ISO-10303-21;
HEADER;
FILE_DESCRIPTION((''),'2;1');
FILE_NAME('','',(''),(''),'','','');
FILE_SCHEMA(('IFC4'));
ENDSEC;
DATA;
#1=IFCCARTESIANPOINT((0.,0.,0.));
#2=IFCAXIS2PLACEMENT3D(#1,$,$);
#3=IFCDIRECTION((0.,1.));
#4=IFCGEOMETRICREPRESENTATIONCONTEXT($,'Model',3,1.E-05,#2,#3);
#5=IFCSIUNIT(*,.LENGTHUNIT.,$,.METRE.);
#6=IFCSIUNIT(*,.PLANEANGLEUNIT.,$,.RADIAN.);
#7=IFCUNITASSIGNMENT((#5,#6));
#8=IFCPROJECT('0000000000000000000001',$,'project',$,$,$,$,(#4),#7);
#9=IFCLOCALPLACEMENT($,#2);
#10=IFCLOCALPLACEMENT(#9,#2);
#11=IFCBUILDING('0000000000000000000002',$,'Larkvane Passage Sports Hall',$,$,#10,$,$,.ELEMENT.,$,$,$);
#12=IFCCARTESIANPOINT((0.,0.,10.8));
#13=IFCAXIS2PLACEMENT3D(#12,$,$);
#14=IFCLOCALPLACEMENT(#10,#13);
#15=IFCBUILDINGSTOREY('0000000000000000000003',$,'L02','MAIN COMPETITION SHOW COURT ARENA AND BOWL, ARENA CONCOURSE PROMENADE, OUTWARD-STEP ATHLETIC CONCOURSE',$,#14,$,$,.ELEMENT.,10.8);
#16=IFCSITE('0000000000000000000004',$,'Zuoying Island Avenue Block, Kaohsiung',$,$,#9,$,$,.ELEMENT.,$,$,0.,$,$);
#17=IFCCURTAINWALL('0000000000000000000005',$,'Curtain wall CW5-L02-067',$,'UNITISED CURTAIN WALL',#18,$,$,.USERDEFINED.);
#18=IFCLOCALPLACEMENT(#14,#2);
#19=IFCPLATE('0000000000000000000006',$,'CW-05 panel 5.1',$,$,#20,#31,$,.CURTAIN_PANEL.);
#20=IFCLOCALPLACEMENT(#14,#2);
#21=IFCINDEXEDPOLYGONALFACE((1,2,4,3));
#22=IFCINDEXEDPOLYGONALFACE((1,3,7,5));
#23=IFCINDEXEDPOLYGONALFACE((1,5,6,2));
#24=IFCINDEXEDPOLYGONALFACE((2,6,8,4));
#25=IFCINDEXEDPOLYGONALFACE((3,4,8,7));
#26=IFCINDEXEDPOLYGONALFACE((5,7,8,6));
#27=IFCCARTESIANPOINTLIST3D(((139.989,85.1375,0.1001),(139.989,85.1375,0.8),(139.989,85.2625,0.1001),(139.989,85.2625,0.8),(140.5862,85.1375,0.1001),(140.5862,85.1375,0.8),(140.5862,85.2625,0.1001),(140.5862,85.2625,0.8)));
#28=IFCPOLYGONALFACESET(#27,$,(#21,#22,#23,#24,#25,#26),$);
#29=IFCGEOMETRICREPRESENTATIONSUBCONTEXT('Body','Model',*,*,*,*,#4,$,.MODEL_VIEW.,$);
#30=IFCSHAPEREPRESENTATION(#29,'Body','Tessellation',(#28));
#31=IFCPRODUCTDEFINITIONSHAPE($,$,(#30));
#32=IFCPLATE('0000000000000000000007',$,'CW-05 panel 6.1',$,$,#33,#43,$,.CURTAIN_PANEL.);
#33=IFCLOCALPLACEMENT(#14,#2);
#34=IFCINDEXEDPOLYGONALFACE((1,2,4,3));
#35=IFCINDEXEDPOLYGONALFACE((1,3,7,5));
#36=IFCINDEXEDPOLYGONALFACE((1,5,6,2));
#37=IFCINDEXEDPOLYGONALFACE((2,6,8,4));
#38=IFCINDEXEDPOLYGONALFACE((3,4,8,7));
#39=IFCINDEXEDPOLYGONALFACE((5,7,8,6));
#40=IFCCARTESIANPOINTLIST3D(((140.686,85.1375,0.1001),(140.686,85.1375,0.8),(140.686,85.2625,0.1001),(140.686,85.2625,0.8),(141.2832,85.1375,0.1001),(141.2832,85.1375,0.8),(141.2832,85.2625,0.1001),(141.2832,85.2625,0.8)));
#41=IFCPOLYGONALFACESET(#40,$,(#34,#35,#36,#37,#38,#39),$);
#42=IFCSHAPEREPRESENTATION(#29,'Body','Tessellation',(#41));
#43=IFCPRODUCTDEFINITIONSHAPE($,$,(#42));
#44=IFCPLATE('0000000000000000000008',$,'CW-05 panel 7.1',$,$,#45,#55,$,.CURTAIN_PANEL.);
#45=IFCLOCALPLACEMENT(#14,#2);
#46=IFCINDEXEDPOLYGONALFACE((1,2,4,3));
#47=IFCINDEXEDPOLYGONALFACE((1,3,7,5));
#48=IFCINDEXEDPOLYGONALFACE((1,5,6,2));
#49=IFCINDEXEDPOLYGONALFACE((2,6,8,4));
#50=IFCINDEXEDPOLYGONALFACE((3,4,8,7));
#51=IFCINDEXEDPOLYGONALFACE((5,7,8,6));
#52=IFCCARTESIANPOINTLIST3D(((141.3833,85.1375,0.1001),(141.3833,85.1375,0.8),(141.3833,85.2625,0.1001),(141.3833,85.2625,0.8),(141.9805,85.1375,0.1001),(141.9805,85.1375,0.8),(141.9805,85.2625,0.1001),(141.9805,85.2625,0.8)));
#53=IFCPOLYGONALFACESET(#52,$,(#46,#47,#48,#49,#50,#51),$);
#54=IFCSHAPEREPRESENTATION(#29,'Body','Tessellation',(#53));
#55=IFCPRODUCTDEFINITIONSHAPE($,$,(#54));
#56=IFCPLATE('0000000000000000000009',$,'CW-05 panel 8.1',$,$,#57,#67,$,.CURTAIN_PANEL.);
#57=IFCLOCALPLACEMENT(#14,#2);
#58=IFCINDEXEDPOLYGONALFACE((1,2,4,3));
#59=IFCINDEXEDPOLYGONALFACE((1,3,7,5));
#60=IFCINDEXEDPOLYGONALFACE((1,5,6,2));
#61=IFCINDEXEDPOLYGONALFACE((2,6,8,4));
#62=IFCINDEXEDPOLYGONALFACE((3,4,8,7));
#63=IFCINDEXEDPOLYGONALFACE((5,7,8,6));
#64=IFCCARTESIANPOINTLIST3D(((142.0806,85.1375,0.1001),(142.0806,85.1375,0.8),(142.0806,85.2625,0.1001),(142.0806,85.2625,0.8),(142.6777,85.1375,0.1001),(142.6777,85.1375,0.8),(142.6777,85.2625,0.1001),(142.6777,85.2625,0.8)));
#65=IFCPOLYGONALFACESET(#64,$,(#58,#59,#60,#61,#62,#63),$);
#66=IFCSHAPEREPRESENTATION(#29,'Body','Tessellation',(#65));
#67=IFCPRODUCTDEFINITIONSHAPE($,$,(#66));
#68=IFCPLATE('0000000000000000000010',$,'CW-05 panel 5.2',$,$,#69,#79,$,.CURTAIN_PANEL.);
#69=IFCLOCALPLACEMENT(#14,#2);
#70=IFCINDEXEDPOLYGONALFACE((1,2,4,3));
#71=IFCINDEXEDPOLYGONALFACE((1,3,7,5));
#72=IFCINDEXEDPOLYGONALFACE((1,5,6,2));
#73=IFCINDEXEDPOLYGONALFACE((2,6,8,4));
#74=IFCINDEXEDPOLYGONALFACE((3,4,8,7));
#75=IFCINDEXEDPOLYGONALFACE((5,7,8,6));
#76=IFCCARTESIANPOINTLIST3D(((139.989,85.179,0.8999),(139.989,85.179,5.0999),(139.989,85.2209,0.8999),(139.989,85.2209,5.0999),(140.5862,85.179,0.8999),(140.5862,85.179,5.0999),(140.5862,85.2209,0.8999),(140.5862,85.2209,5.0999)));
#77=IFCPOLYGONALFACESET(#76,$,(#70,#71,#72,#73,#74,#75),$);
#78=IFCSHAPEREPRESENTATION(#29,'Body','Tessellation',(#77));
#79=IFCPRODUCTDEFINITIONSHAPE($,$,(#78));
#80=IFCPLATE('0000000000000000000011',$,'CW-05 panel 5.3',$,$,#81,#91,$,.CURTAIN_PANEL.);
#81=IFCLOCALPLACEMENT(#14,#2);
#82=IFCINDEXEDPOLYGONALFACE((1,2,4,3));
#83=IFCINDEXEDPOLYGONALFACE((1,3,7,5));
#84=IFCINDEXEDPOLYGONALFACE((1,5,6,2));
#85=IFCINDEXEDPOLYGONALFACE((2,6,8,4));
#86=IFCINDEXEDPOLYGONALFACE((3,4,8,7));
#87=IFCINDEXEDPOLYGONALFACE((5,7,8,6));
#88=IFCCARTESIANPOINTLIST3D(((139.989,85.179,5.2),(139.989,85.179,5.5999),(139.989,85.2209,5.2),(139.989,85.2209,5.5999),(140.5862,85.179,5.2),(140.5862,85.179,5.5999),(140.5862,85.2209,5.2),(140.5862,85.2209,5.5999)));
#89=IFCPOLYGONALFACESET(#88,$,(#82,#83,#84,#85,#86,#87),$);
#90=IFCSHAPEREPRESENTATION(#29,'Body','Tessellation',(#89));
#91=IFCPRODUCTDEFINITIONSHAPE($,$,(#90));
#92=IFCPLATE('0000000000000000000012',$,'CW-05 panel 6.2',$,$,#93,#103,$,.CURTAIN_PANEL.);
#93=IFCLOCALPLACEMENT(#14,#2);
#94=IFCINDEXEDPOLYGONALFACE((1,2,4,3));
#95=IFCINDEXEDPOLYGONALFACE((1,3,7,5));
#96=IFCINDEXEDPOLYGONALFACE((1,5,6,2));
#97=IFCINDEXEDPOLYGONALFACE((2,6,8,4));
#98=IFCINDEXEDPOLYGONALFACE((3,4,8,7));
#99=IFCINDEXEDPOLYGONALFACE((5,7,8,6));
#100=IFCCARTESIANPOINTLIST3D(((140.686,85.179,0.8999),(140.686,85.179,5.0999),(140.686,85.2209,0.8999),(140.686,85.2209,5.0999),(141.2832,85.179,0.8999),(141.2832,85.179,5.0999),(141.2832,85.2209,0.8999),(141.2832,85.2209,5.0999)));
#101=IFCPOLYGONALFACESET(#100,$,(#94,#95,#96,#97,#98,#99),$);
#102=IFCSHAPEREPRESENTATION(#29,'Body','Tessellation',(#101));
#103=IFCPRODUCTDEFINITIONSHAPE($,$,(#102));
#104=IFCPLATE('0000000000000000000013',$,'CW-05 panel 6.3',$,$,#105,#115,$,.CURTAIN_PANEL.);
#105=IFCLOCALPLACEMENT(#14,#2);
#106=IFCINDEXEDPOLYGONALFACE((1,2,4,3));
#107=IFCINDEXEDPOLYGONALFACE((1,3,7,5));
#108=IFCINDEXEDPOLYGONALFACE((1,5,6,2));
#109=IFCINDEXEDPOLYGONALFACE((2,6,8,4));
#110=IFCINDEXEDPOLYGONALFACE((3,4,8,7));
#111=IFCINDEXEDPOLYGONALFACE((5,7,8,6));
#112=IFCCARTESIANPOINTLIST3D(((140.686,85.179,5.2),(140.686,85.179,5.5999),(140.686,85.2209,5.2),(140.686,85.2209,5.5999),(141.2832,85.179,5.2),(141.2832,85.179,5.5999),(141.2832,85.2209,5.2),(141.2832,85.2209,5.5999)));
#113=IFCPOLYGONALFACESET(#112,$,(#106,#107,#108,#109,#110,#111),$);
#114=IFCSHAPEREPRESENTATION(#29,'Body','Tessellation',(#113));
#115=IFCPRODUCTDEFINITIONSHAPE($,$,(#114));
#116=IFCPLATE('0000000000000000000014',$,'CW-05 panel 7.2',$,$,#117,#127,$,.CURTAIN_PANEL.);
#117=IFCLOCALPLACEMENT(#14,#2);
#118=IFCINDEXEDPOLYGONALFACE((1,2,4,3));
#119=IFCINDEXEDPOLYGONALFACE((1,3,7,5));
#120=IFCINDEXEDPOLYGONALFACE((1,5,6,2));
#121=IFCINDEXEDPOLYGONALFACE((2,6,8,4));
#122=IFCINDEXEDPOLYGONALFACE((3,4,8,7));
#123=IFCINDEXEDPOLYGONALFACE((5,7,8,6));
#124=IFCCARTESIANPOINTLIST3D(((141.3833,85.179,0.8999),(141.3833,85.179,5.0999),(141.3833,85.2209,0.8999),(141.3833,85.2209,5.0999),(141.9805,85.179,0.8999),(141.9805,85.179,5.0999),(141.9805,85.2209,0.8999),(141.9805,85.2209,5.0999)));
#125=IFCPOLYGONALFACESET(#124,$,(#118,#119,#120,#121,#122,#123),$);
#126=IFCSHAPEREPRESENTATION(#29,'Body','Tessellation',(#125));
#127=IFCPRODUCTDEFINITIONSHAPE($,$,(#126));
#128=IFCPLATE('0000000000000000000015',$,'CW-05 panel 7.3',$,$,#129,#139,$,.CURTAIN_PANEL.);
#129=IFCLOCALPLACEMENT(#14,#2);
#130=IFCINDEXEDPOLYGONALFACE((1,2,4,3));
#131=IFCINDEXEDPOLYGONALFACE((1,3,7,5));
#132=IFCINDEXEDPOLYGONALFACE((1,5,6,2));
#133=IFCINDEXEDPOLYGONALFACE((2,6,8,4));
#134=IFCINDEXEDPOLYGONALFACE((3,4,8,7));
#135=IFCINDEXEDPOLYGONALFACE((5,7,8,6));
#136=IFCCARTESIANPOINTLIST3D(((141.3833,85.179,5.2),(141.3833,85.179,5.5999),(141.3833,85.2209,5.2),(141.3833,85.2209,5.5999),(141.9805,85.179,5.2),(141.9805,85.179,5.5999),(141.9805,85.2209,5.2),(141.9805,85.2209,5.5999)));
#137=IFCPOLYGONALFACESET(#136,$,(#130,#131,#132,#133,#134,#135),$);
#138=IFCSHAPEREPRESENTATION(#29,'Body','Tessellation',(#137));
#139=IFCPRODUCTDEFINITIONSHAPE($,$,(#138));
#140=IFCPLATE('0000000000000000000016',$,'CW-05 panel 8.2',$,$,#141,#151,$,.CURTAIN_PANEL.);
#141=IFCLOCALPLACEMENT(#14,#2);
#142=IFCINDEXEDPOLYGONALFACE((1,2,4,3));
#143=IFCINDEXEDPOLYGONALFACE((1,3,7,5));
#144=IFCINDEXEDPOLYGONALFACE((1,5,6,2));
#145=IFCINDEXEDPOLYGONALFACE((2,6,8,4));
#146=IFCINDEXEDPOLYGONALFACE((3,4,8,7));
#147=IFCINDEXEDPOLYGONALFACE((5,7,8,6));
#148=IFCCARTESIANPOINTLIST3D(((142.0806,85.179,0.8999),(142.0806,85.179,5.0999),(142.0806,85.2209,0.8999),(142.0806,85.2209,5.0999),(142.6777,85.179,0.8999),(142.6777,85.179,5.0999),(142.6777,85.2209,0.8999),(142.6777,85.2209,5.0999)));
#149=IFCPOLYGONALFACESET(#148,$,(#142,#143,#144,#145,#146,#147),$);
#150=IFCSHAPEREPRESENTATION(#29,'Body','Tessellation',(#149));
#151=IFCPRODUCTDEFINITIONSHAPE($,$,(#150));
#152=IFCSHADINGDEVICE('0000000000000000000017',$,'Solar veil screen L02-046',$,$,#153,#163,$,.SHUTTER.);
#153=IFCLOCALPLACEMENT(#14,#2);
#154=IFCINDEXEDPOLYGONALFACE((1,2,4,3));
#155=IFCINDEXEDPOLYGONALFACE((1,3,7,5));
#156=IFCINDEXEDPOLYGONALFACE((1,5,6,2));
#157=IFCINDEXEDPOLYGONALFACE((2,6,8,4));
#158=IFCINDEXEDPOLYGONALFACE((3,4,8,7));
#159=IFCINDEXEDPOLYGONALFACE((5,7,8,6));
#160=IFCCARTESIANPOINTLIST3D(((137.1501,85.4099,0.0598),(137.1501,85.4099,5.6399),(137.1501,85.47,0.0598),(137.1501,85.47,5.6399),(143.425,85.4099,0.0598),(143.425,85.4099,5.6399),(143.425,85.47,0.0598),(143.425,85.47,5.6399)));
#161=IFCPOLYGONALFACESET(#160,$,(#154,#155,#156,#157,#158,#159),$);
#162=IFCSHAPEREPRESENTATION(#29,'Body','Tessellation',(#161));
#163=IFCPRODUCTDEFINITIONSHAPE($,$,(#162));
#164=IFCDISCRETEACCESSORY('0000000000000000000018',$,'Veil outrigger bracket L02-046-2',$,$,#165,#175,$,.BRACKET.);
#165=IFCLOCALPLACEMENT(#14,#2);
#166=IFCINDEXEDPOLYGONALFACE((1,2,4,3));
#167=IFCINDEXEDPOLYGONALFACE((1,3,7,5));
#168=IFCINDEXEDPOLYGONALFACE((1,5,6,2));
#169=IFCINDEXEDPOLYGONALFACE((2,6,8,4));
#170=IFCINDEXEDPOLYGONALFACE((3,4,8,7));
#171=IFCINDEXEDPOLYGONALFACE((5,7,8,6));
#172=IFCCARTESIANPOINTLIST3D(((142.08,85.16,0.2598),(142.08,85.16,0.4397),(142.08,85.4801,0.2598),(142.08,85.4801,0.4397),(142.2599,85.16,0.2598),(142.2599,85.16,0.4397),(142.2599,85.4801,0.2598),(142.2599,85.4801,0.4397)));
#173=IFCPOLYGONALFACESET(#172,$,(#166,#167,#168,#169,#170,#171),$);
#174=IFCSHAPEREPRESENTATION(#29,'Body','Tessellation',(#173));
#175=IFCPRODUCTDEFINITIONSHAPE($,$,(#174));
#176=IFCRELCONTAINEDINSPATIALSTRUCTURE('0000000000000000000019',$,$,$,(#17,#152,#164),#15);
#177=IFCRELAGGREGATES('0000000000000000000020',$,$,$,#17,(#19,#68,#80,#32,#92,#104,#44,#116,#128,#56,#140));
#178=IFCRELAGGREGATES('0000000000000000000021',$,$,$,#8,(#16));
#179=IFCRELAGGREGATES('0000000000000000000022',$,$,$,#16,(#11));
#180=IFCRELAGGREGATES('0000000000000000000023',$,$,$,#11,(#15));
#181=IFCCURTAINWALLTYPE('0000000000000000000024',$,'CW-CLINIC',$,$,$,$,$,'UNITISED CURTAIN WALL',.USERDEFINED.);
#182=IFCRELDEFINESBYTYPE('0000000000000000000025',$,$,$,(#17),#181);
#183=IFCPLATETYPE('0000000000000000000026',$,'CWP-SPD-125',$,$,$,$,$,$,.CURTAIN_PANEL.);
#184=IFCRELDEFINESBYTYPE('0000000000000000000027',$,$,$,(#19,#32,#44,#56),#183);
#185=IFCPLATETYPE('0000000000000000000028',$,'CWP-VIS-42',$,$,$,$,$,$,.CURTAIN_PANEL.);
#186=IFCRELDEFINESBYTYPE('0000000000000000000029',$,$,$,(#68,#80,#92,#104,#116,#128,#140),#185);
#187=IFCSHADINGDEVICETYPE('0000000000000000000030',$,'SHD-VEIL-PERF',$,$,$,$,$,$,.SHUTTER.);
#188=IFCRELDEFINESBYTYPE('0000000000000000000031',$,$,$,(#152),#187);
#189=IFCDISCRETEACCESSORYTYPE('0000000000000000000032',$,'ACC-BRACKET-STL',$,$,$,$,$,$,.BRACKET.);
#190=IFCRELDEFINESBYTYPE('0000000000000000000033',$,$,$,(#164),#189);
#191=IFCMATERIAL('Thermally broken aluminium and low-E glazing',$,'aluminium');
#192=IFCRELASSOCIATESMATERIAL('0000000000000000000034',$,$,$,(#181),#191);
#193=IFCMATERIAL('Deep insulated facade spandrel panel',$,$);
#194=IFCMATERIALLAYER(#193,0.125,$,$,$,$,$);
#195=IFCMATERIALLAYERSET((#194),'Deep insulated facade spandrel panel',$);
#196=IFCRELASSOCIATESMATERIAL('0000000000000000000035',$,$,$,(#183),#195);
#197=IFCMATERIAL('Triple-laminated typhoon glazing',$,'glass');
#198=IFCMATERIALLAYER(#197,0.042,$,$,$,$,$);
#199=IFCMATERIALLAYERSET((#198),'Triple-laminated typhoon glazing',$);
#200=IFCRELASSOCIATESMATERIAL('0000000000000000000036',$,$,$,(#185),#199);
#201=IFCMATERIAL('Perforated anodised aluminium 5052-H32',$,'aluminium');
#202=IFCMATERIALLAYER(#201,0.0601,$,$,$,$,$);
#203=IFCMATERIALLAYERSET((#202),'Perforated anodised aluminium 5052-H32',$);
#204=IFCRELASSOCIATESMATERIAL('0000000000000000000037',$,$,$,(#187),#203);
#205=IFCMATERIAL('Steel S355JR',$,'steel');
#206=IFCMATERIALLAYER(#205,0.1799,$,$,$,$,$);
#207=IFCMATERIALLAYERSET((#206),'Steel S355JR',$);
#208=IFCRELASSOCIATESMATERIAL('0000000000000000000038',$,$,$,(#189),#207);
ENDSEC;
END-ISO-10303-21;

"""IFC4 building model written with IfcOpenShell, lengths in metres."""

from ifc_helpers import new_model, si_unit, direction, frame, origin, origin_2d, place, context, subcontext, project, spatial, rectangle, extrude, material, layer, layer_set, type_object, element, aggregate, save


model = new_model("IFC4")

# Units and contexts
model_context = context("Model", 3, precision=1e-05, world=origin(), true_north=direction((0.0, 1.0)))
body_context = subcontext(model_context, "Body", "Model", "MODEL_VIEW")
ifc_project = project(units=[si_unit("LENGTHUNIT", "METRE"), si_unit("PLANEANGLEUNIT", "RADIAN")], contexts=[model_context])

# Site, building, storey
site_placement = place(None, origin())
site = spatial("IfcSite", under=ifc_project, at=site_placement, Name="Zuoying Island Avenue Block, Kaohsiung", CompositionType="ELEMENT", RefElevation=0.0)
building_placement = place(site_placement, origin())
building = spatial("IfcBuilding", under=site, at=building_placement, Name="Larkvane Passage Sports Hall", CompositionType="ELEMENT")
storey_placement = place(building_placement, frame((0.0, 0.0, 10.8)))
storey = spatial("IfcBuildingStorey", under=building, at=storey_placement, Name="L02", Description="MAIN COMPETITION SHOW COURT ARENA AND BOWL, ARENA CONCOURSE PROMENADE, OUTWARD-STEP ATHLETIC CONCOURSE", CompositionType="ELEMENT", Elevation=10.8)

# Curtain wall, plates
ifc_material_1 = material(Name="Thermally broken aluminium and low-E glazing", Category="aluminium")
curtain_wall_type = type_object("IfcCurtainWallType", Name="CW-CLINIC", ElementType="UNITISED CURTAIN WALL", PredefinedType="USERDEFINED", material=ifc_material_1)
curtain_wall_placement = place(storey_placement, origin())
curtain_wall = element("IfcCurtainWall", 1, at=curtain_wall_placement, inside=storey, type_object=curtain_wall_type, Name="Curtain wall CW5-L02-067", ObjectType="UNITISED CURTAIN WALL", PredefinedType="USERDEFINED")
ifc_material_2 = material(Name="Deep insulated facade spandrel panel")
ifc_layer_1 = layer(ifc_material_2, 0.125)
ifc_layer_set_1 = layer_set([ifc_layer_1], Name="Deep insulated facade spandrel panel")
plate_type_1 = type_object("IfcPlateType", Name="CWP-SPD-125", PredefinedType="CURTAIN_PANEL", material=ifc_layer_set_1)
plate_1_placement = place(storey_placement, frame((140.2876, 85.2, 0.1001), z_axis=(0.0, 0.0, 1.0), x_axis=(1.0, 0.0, 0.0)))
plate_1 = element("IfcPlate", 2, at=plate_1_placement, type_object=plate_type_1, Name="CW-05 panel 5.1", PredefinedType="CURTAIN_PANEL", context=body_context, shape_type="SweptSolid", body=[
    extrude(rectangle(XDim=0.5972, YDim=0.125, at=origin_2d()), origin(), (0.0, 0.0, 1.0), 0.7),
])
plate_2_placement = place(storey_placement, frame((140.9846, 85.2, 0.1001), z_axis=(0.0, 0.0, 1.0), x_axis=(1.0, 0.0, 0.0)))
plate_2 = element("IfcPlate", 3, at=plate_2_placement, type_object=plate_type_1, Name="CW-05 panel 6.1", PredefinedType="CURTAIN_PANEL", context=body_context, shape_type="SweptSolid", body=[
    extrude(rectangle(XDim=0.5972, YDim=0.125, at=origin_2d()), origin(), (0.0, 0.0, 1.0), 0.7),
])
plate_3_placement = place(storey_placement, frame((141.6819, 85.2, 0.1001), z_axis=(0.0, 0.0, 1.0), x_axis=(1.0, 0.0, 0.0)))
plate_3 = element("IfcPlate", 4, at=plate_3_placement, type_object=plate_type_1, Name="CW-05 panel 7.1", PredefinedType="CURTAIN_PANEL", context=body_context, shape_type="SweptSolid", body=[
    extrude(rectangle(XDim=0.5972, YDim=0.125, at=origin_2d()), origin(), (0.0, 0.0, 1.0), 0.7),
])
plate_4_placement = place(storey_placement, frame((142.3792, 85.2, 0.1001), z_axis=(0.0, 0.0, 1.0), x_axis=(1.0, 0.0, 0.0)))
plate_4 = element("IfcPlate", 5, at=plate_4_placement, type_object=plate_type_1, Name="CW-05 panel 8.1", PredefinedType="CURTAIN_PANEL", context=body_context, shape_type="SweptSolid", body=[
    extrude(rectangle(XDim=0.5972, YDim=0.125, at=origin_2d()), origin(), (0.0, 0.0, 1.0), 0.7),
])
ifc_material_3 = material(Name="Triple-laminated typhoon glazing", Category="glass")
ifc_layer_2 = layer(ifc_material_3, 0.042)
ifc_layer_set_2 = layer_set([ifc_layer_2], Name="Triple-laminated typhoon glazing")
plate_type_2 = type_object("IfcPlateType", Name="CWP-VIS-42", PredefinedType="CURTAIN_PANEL", material=ifc_layer_set_2)
plate_5_placement = place(storey_placement, frame((140.2876, 85.2, 0.8999), z_axis=(0.0, 0.0, 1.0), x_axis=(1.0, 0.0, 0.0)))
plate_5 = element("IfcPlate", 6, at=plate_5_placement, type_object=plate_type_2, Name="CW-05 panel 5.2", PredefinedType="CURTAIN_PANEL", context=body_context, shape_type="SweptSolid", body=[
    extrude(rectangle(XDim=0.5972, YDim=0.042, at=origin_2d()), origin(), (0.0, 0.0, 1.0), 4.2),
])
plate_6_placement = place(storey_placement, frame((140.2876, 85.2, 5.2), z_axis=(0.0, 0.0, 1.0), x_axis=(1.0, 0.0, 0.0)))
plate_6 = element("IfcPlate", 7, at=plate_6_placement, type_object=plate_type_2, Name="CW-05 panel 5.3", PredefinedType="CURTAIN_PANEL", context=body_context, shape_type="SweptSolid", body=[
    extrude(rectangle(XDim=0.5972, YDim=0.042, at=origin_2d()), origin(), (0.0, 0.0, 1.0), 0.3999),
])
plate_7_placement = place(storey_placement, frame((140.9846, 85.2, 0.8999), z_axis=(0.0, 0.0, 1.0), x_axis=(1.0, 0.0, 0.0)))
plate_7 = element("IfcPlate", 8, at=plate_7_placement, type_object=plate_type_2, Name="CW-05 panel 6.2", PredefinedType="CURTAIN_PANEL", context=body_context, shape_type="SweptSolid", body=[
    extrude(rectangle(XDim=0.5972, YDim=0.042, at=origin_2d()), origin(), (0.0, 0.0, 1.0), 4.2),
])
plate_8_placement = place(storey_placement, frame((140.9846, 85.2, 5.2), z_axis=(0.0, 0.0, 1.0), x_axis=(1.0, 0.0, 0.0)))
plate_8 = element("IfcPlate", 9, at=plate_8_placement, type_object=plate_type_2, Name="CW-05 panel 6.3", PredefinedType="CURTAIN_PANEL", context=body_context, shape_type="SweptSolid", body=[
    extrude(rectangle(XDim=0.5972, YDim=0.042, at=origin_2d()), origin(), (0.0, 0.0, 1.0), 0.3999),
])
plate_9_placement = place(storey_placement, frame((141.6819, 85.2, 0.8999), z_axis=(0.0, 0.0, 1.0), x_axis=(1.0, 0.0, 0.0)))
plate_9 = element("IfcPlate", 10, at=plate_9_placement, type_object=plate_type_2, Name="CW-05 panel 7.2", PredefinedType="CURTAIN_PANEL", context=body_context, shape_type="SweptSolid", body=[
    extrude(rectangle(XDim=0.5972, YDim=0.042, at=origin_2d()), origin(), (0.0, 0.0, 1.0), 4.2),
])
plate_10_placement = place(storey_placement, frame((141.6819, 85.2, 5.2), z_axis=(0.0, 0.0, 1.0), x_axis=(1.0, 0.0, 0.0)))
plate_10 = element("IfcPlate", 11, at=plate_10_placement, type_object=plate_type_2, Name="CW-05 panel 7.3", PredefinedType="CURTAIN_PANEL", context=body_context, shape_type="SweptSolid", body=[
    extrude(rectangle(XDim=0.5972, YDim=0.042, at=origin_2d()), origin(), (0.0, 0.0, 1.0), 0.3999),
])
plate_11_placement = place(storey_placement, frame((142.3792, 85.2, 0.8999), z_axis=(0.0, 0.0, 1.0), x_axis=(1.0, 0.0, 0.0)))
plate_11 = element("IfcPlate", 12, at=plate_11_placement, type_object=plate_type_2, Name="CW-05 panel 8.2", PredefinedType="CURTAIN_PANEL", context=body_context, shape_type="SweptSolid", body=[
    extrude(rectangle(XDim=0.5972, YDim=0.042, at=origin_2d()), origin(), (0.0, 0.0, 1.0), 4.2),
])
aggregate(curtain_wall, [plate_1, plate_5, plate_6, plate_2, plate_7, plate_8, plate_3, plate_9, plate_10, plate_4, plate_11])

# Shading device
ifc_material_4 = material(Name="Perforated anodised aluminium 5052-H32", Category="aluminium")
ifc_layer_3 = layer(ifc_material_4, 0.0601)
ifc_layer_set_3 = layer_set([ifc_layer_3], Name="Perforated anodised aluminium 5052-H32")
shading_device_type = type_object("IfcShadingDeviceType", Name="SHD-VEIL-PERF", PredefinedType="SHUTTER", material=ifc_layer_set_3)
shading_device_placement = place(storey_placement, frame((140.2876, 85.4399, 0.0598), z_axis=(0.0, 0.0, 1.0), x_axis=(1.0, 0.0, 0.0)))
element("IfcShadingDevice", 13, at=shading_device_placement, inside=storey, type_object=shading_device_type, Name="Solar veil screen L02-046", PredefinedType="SHUTTER", context=body_context, shape_type="SweptSolid", body=[
    extrude(rectangle(XDim=6.2749, YDim=0.0601, at=origin_2d()), origin(), (0.0, 0.0, 1.0), 5.5801),
])

# Discrete accessory
ifc_material_5 = material(Name="Steel S355JR", Category="steel")
ifc_layer_4 = layer(ifc_material_5, 0.1799)
ifc_layer_set_4 = layer_set([ifc_layer_4], Name="Steel S355JR")
discrete_accessory_type = type_object("IfcDiscreteAccessoryType", Name="ACC-BRACKET-STL", PredefinedType="BRACKET", material=ifc_layer_set_4)
discrete_accessory_placement = place(storey_placement, frame((142.1699, 85.3201, 0.2598), z_axis=(0.0, 0.0, 1.0), x_axis=(1.0, 0.0, 0.0)))
element("IfcDiscreteAccessory", 14, at=discrete_accessory_placement, inside=storey, type_object=discrete_accessory_type, Name="Veil outrigger bracket L02-046-2", PredefinedType="BRACKET", context=body_context, shape_type="SweptSolid", body=[
    extrude(rectangle(XDim=0.1799, YDim=0.3201, at=origin_2d()), origin(), (0.0, 0.0, 1.0), 0.1799),
])

save(model, "model.ifc")
